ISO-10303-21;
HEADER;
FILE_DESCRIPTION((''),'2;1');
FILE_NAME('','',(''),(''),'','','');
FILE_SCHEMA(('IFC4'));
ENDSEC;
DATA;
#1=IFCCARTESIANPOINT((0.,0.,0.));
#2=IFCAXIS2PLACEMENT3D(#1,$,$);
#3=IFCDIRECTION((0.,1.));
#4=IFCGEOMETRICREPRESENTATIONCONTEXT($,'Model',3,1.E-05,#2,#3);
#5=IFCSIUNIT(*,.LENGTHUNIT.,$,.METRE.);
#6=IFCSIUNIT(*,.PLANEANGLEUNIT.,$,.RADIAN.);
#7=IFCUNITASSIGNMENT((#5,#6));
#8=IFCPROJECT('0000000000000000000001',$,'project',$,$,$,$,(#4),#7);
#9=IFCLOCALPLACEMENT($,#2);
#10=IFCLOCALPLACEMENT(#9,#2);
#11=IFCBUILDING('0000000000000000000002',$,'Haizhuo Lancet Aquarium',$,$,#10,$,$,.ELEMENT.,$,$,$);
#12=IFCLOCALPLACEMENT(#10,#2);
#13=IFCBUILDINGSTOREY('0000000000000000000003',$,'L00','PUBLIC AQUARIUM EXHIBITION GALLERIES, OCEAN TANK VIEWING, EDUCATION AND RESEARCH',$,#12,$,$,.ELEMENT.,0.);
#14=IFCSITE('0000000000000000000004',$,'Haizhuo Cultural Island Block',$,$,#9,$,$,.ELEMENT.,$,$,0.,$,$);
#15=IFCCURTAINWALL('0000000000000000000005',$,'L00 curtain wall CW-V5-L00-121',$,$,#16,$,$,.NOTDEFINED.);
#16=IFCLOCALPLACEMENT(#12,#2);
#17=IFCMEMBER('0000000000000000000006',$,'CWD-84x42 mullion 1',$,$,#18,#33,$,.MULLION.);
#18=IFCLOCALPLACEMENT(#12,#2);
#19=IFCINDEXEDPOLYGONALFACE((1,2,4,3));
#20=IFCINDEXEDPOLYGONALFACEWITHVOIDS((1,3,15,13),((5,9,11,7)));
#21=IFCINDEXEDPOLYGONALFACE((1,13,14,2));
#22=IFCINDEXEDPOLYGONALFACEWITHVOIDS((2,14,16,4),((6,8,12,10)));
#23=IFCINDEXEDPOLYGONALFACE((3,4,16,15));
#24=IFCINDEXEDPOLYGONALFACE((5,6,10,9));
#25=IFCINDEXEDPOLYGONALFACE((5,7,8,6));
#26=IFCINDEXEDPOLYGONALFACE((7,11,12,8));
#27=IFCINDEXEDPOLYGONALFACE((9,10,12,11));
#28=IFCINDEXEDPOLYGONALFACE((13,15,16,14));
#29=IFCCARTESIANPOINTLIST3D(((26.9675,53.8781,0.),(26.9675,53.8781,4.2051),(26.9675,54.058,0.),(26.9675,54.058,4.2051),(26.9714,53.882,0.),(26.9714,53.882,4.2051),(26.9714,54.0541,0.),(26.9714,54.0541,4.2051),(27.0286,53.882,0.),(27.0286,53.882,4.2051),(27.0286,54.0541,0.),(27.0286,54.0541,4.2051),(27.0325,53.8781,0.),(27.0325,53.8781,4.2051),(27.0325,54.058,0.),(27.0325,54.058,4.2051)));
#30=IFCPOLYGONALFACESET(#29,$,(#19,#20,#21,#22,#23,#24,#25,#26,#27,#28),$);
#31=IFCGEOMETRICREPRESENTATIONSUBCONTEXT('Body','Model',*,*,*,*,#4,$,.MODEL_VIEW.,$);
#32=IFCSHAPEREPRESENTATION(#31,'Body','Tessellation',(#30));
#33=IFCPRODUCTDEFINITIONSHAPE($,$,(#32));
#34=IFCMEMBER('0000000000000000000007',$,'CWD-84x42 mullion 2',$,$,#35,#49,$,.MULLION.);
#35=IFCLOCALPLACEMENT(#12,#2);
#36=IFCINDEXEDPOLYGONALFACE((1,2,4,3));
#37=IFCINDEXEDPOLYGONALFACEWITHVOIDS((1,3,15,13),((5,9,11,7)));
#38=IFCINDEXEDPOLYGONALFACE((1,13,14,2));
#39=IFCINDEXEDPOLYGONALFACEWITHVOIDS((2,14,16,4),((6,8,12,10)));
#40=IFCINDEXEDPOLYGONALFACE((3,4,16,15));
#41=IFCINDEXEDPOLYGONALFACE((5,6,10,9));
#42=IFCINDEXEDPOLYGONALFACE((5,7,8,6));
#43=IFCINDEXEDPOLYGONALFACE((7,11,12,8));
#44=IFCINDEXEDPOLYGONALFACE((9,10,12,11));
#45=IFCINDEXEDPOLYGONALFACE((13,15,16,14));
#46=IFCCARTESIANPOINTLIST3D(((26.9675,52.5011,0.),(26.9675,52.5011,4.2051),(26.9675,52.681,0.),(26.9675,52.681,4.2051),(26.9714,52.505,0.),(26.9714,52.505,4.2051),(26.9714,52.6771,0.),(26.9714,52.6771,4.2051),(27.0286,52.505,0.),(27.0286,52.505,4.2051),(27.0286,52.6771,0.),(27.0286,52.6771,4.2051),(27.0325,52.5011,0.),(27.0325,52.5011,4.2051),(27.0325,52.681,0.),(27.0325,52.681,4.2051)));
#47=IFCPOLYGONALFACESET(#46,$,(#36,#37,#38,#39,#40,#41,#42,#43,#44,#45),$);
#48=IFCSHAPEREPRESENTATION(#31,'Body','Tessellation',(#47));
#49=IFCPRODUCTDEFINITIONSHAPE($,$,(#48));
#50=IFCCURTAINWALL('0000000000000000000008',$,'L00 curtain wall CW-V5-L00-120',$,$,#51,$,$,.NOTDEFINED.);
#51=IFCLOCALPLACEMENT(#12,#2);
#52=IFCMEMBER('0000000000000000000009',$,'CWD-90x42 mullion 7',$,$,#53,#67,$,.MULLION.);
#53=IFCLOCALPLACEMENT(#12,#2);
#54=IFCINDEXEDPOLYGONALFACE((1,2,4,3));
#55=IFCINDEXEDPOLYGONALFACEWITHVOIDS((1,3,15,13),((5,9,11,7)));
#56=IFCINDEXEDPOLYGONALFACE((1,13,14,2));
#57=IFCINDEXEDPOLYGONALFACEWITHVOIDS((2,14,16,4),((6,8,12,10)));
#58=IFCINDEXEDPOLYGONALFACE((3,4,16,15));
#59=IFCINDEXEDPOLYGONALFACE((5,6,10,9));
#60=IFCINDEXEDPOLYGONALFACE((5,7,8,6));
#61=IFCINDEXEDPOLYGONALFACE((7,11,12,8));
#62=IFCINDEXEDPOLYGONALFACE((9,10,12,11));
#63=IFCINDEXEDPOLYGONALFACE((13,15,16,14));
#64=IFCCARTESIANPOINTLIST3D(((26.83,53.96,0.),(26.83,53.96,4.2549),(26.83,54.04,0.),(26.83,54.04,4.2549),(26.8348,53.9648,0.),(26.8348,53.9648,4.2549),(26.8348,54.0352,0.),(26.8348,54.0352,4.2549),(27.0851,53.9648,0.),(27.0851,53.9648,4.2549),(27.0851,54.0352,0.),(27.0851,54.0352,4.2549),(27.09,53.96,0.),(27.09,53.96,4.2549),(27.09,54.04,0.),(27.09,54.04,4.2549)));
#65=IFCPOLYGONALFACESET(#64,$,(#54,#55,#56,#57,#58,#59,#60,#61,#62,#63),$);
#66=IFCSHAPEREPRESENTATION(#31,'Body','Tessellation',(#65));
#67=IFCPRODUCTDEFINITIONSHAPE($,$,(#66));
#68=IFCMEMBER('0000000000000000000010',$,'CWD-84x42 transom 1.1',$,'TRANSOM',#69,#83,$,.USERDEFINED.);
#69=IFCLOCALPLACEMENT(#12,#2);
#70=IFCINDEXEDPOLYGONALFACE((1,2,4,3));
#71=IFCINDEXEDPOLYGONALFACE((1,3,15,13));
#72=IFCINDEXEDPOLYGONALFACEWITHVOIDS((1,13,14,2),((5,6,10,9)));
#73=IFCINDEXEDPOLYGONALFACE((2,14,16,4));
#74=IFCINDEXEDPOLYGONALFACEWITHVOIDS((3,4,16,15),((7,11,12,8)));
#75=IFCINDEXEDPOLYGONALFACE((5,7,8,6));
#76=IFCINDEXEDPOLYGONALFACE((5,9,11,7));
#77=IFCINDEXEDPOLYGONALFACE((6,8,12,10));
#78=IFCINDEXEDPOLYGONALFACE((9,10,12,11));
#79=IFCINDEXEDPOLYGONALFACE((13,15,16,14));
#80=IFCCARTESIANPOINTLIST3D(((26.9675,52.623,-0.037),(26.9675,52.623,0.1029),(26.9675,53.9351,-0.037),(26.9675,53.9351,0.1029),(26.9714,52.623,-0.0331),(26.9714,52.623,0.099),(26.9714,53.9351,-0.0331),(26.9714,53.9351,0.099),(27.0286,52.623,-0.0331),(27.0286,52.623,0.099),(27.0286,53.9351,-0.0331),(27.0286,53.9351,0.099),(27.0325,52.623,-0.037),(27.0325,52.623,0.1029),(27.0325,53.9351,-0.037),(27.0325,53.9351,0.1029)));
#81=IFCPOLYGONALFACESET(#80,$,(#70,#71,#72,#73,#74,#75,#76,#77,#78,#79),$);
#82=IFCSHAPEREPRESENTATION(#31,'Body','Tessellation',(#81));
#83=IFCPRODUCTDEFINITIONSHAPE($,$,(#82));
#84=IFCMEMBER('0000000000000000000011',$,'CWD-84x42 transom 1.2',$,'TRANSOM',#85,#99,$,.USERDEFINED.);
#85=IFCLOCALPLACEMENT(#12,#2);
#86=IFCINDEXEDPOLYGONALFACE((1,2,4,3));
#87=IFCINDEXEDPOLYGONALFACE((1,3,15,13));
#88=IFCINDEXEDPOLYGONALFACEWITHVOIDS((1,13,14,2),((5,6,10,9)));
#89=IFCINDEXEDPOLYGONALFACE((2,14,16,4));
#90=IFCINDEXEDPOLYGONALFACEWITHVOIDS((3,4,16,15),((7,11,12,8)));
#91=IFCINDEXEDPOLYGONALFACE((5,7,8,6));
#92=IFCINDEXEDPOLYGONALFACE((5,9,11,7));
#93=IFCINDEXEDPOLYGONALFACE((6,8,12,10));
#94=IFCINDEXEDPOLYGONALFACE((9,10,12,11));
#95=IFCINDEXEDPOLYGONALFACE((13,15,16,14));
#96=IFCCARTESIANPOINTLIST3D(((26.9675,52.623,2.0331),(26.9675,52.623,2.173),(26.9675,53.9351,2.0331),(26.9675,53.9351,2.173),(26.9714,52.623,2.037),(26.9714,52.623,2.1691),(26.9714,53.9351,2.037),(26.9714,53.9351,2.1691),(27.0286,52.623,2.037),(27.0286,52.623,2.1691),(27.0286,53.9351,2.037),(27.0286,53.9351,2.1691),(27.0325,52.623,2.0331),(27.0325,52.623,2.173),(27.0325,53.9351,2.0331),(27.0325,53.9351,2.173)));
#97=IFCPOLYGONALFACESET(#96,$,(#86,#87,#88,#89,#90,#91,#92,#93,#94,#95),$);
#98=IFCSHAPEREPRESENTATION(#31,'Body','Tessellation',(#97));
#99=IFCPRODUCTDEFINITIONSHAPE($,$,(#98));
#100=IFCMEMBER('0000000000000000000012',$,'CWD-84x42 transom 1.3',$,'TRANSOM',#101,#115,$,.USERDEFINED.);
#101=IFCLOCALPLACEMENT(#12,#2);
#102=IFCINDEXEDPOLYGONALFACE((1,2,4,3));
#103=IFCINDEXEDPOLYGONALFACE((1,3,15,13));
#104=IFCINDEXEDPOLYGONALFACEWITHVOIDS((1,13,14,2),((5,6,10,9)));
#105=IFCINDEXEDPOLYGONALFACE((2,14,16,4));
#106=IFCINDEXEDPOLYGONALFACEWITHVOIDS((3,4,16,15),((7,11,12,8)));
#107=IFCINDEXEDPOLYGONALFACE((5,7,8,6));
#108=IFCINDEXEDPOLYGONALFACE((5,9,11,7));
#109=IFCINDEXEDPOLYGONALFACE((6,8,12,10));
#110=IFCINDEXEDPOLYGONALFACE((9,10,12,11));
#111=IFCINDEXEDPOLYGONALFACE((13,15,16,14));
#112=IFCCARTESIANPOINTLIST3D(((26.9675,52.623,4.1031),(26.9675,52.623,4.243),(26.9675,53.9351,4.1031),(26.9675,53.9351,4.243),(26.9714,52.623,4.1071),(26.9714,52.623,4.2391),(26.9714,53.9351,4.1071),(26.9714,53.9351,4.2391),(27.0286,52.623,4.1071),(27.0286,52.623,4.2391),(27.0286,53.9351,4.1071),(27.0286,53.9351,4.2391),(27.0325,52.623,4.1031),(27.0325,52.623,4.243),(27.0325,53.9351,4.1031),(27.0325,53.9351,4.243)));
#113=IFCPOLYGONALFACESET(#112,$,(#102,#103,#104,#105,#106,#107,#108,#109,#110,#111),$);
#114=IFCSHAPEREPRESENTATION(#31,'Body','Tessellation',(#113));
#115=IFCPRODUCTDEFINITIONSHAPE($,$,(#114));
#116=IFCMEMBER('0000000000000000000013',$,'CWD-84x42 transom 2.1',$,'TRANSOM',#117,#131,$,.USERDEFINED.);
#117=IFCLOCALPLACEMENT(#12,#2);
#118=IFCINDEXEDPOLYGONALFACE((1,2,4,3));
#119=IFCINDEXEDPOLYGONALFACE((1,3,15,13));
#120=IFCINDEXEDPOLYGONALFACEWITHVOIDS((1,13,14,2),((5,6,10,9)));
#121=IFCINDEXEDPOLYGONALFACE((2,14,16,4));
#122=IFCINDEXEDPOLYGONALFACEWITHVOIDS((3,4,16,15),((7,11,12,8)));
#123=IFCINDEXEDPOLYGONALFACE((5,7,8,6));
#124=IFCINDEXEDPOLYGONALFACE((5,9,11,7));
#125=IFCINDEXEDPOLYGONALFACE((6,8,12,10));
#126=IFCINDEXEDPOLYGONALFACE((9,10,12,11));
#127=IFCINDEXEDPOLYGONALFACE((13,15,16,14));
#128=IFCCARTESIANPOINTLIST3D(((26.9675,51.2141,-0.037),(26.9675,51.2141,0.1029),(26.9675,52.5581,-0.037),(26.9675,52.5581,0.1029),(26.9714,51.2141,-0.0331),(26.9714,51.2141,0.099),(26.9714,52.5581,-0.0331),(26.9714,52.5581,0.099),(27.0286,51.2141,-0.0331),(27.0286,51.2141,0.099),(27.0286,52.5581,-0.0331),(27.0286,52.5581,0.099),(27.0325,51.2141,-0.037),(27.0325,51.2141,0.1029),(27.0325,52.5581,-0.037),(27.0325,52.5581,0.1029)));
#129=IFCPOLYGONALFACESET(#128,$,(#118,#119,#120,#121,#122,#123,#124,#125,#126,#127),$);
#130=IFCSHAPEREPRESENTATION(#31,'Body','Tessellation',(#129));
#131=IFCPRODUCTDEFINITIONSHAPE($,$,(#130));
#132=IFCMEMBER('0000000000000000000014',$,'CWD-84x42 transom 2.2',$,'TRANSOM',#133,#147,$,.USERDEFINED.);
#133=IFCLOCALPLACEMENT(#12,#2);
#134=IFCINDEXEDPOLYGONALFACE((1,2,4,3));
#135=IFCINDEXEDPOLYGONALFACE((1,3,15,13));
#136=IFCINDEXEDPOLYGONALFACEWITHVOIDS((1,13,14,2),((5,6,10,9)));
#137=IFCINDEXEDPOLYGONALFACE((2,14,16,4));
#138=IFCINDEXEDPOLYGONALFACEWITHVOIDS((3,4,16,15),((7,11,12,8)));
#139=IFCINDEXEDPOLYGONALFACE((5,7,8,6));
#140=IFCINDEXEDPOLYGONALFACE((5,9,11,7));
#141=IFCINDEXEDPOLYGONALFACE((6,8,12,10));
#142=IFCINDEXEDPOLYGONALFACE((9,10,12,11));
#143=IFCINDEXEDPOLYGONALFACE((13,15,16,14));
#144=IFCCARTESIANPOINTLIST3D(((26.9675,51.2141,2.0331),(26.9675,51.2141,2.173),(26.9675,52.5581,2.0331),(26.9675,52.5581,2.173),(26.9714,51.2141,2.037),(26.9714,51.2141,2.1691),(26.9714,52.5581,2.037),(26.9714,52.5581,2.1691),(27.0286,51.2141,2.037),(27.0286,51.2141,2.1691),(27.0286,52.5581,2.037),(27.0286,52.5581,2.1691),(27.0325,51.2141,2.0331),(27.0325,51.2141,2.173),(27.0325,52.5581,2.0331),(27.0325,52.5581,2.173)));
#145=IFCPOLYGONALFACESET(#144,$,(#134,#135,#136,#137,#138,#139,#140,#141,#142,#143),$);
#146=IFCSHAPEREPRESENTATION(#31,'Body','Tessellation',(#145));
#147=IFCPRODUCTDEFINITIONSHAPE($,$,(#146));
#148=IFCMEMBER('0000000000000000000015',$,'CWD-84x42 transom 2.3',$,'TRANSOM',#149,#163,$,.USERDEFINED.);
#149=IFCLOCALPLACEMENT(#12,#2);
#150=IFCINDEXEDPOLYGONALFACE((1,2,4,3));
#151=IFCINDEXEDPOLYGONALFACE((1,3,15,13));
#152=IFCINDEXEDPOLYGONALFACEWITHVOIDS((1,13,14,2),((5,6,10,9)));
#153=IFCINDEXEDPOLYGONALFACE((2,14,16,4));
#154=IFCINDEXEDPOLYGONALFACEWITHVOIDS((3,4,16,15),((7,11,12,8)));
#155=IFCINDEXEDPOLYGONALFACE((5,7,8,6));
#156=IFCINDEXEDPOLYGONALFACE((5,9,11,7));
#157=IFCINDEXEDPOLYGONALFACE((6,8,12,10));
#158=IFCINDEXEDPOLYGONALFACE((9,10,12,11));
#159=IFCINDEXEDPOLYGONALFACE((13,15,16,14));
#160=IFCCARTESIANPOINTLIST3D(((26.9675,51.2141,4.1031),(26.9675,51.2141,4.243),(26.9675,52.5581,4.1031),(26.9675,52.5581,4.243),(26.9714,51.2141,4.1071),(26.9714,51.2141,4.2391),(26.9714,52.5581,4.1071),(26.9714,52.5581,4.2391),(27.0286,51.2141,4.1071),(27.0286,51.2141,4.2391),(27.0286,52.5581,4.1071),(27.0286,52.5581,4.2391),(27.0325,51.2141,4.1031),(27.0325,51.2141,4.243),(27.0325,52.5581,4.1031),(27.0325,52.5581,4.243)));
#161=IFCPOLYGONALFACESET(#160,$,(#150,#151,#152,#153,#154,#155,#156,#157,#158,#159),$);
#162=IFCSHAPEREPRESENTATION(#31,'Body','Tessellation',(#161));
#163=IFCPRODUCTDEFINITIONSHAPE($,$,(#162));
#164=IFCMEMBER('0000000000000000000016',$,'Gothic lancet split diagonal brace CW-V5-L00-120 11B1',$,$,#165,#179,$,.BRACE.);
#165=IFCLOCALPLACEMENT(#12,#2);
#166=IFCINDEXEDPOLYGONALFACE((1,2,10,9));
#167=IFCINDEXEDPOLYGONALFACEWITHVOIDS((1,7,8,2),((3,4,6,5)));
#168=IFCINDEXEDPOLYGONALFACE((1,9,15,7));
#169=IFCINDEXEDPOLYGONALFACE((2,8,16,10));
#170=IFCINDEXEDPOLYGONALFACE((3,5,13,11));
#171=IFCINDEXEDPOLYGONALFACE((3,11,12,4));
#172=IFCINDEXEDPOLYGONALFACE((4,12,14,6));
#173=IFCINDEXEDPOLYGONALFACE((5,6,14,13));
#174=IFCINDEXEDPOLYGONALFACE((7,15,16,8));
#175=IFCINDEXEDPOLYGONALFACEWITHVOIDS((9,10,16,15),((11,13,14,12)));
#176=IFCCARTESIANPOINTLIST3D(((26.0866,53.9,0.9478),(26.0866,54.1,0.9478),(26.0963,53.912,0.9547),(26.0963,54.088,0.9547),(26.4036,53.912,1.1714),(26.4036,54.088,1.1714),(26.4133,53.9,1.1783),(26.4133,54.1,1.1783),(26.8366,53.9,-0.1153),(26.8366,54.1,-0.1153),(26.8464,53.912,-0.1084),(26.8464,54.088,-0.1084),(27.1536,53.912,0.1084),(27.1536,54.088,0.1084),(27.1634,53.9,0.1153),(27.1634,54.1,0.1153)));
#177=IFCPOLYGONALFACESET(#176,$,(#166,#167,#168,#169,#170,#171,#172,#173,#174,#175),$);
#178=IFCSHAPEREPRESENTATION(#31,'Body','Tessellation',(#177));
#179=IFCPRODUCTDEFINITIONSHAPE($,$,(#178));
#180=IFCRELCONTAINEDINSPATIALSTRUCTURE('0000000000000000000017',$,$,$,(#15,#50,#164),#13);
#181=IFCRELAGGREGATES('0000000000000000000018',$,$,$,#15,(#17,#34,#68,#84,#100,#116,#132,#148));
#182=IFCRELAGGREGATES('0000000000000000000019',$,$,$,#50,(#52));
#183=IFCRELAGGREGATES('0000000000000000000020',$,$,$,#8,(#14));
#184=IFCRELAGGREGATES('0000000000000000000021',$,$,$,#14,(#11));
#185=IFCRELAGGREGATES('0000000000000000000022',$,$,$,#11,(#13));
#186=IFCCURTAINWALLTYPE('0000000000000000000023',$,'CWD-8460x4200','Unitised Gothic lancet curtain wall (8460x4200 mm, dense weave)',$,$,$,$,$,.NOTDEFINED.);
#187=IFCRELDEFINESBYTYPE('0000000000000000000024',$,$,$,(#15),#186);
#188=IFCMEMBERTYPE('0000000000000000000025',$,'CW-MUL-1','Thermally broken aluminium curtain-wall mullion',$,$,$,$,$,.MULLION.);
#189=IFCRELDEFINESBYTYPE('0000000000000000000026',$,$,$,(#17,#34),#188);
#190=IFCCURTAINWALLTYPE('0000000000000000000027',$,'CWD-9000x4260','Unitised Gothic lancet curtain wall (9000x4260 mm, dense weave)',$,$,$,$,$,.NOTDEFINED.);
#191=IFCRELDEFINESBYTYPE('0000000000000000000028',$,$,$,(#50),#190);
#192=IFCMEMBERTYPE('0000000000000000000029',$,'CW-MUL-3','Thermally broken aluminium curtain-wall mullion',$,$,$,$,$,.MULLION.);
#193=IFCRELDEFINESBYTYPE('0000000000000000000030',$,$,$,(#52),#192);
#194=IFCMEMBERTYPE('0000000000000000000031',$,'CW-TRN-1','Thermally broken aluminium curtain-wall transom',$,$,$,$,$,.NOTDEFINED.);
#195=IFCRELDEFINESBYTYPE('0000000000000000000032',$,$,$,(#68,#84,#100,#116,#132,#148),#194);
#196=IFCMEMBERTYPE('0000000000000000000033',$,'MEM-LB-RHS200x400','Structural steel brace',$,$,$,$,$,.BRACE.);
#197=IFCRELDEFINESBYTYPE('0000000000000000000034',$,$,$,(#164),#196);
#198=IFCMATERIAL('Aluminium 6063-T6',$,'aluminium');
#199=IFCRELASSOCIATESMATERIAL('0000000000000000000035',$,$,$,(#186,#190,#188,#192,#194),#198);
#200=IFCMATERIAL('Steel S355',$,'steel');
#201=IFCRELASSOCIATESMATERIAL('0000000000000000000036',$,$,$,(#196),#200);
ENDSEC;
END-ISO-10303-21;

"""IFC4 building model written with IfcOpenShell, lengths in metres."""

from ifc_helpers import new_model, si_unit, direction, frame, origin, origin_2d, place, context, subcontext, project, spatial, hollow_rectangle, extrude, material, material_profile, profile_set, type_object, element, aggregate, save


model = new_model("IFC4")

# Units and contexts
model_context = context("Model", 3, precision=1e-05, world=origin(), true_north=direction((0.0, 1.0)))
body_context = subcontext(model_context, "Body", "Model", "MODEL_VIEW")
ifc_project = project(units=[si_unit("LENGTHUNIT", "METRE"), si_unit("PLANEANGLEUNIT", "RADIAN")], contexts=[model_context])

# Site, building, storey
site_placement = place(None, origin())
site = spatial("IfcSite", under=ifc_project, at=site_placement, Name="Haizhuo Cultural Island Block", CompositionType="ELEMENT", RefElevation=0.0)
building_placement = place(site_placement, origin())
building = spatial("IfcBuilding", under=site, at=building_placement, Name="Haizhuo Lancet Aquarium", CompositionType="ELEMENT")
storey_placement = place(building_placement, origin())
storey = spatial("IfcBuildingStorey", under=building, at=storey_placement, Name="L00", Description="PUBLIC AQUARIUM EXHIBITION GALLERIES, OCEAN TANK VIEWING, EDUCATION AND RESEARCH", CompositionType="ELEMENT", Elevation=0.0)

# Curtain wall, members
ifc_material_1 = material(Name="Aluminium 6063-T6", Category="aluminium")
curtain_wall_type_1 = type_object("IfcCurtainWallType", Name="CWD-8460x4200", Description="Unitised Gothic lancet curtain wall (8460x4200 mm, dense weave)", PredefinedType="NOTDEFINED", material=ifc_material_1)
curtain_wall_1_placement = place(storey_placement, origin())
curtain_wall_1 = element("IfcCurtainWall", 1, at=curtain_wall_1_placement, inside=storey, type_object=curtain_wall_type_1, Name="L00 curtain wall CW-V5-L00-121", PredefinedType="NOTDEFINED")
ifc_material_profile_1 = material_profile(ifc_material_1, hollow_rectangle(XDim=0.0649, YDim=0.1799, WallThickness=0.0039, at=origin_2d()), Name="ALU-M 65x180x4")
ifc_profile_set_1 = profile_set([ifc_material_profile_1], Name="Aluminium 6063-T6")
member_type_1 = type_object("IfcMemberType", Name="CW-MUL-1", Description="Thermally broken aluminium curtain-wall mullion", PredefinedType="MULLION", material=ifc_profile_set_1)
member_1_placement = place(storey_placement, frame((27.0, 53.968, 0.0), z_axis=(0.0, 0.0, 1.0), x_axis=(1.0, 0.0, 0.0)))
member_1 = element("IfcMember", 2, at=member_1_placement, type_object=member_type_1, Name="CWD-84x42 mullion 1", PredefinedType="MULLION", context=body_context, shape_type="SweptSolid", body=[
    extrude(hollow_rectangle(XDim=0.0649, YDim=0.1799, WallThickness=0.0039, at=origin_2d()), origin(), (0.0, 0.0, 1.0), 4.2051),
])
member_2_placement = place(storey_placement, frame((27.0, 52.5911, 0.0), z_axis=(0.0, 0.0, 1.0), x_axis=(1.0, 0.0, 0.0)))
member_2 = element("IfcMember", 3, at=member_2_placement, type_object=member_type_1, Name="CWD-84x42 mullion 2", PredefinedType="MULLION", context=body_context, shape_type="SweptSolid", body=[
    extrude(hollow_rectangle(XDim=0.0649, YDim=0.1799, WallThickness=0.0039, at=origin_2d()), origin(), (0.0, 0.0, 1.0), 4.2051),
])

# Curtain wall, member
curtain_wall_type_2 = type_object("IfcCurtainWallType", Name="CWD-9000x4260", Description="Unitised Gothic lancet curtain wall (9000x4260 mm, dense weave)", PredefinedType="NOTDEFINED", material=ifc_material_1)
curtain_wall_2_placement = place(storey_placement, origin())
curtain_wall_2 = element("IfcCurtainWall", 4, at=curtain_wall_2_placement, inside=storey, type_object=curtain_wall_type_2, Name="L00 curtain wall CW-V5-L00-120", PredefinedType="NOTDEFINED")
ifc_material_profile_2 = material_profile(ifc_material_1, hollow_rectangle(XDim=0.0801, YDim=0.26, WallThickness=0.0049, at=origin_2d()), Name="ALU-M 80x260x5")
ifc_profile_set_2 = profile_set([ifc_material_profile_2], Name="Aluminium 6063-T6")
member_type_2 = type_object("IfcMemberType", Name="CW-MUL-3", Description="Thermally broken aluminium curtain-wall mullion", PredefinedType="MULLION", material=ifc_profile_set_2)
member_3_placement = place(storey_placement, frame((26.96, 54.0, 0.0), z_axis=(0.0, 0.0, 1.0), x_axis=(0.0, 1.0, 0.0)))
member_3 = element("IfcMember", 5, at=member_3_placement, type_object=member_type_2, Name="CWD-90x42 mullion 7", PredefinedType="MULLION", context=body_context, shape_type="SweptSolid", body=[
    extrude(hollow_rectangle(XDim=0.0801, YDim=0.26, WallThickness=0.0049, at=origin_2d()), origin(), (0.0, 0.0, 1.0), 4.2549),
])

# Members
ifc_material_profile_3 = material_profile(ifc_material_1, hollow_rectangle(XDim=0.0649, YDim=0.1399, WallThickness=0.0039, at=origin_2d()), Name="ALU-T 65x140x4")
ifc_profile_set_3 = profile_set([ifc_material_profile_3], Name="Aluminium 6063-T6")
member_type_3 = type_object("IfcMemberType", Name="CW-TRN-1", Description="Thermally broken aluminium curtain-wall transom", PredefinedType="NOTDEFINED", material=ifc_profile_set_3)
member_4_placement = place(storey_placement, frame((27.0, 53.9351, 0.033), z_axis=(0.0, -1.0, 0.0), x_axis=(1.0, 0.0, 0.0)))
member_4 = element("IfcMember", 6, at=member_4_placement, type_object=member_type_3, Name="CWD-84x42 transom 1.1", ObjectType="TRANSOM", PredefinedType="USERDEFINED", context=body_context, shape_type="SweptSolid", body=[
    extrude(hollow_rectangle(XDim=0.0649, YDim=0.1399, WallThickness=0.0039, at=origin_2d()), origin(), (0.0, 0.0, 1.0), 1.312),
])
member_5_placement = place(storey_placement, frame((27.0, 53.9351, 2.103), z_axis=(0.0, -1.0, 0.0), x_axis=(1.0, 0.0, 0.0)))
member_5 = element("IfcMember", 7, at=member_5_placement, type_object=member_type_3, Name="CWD-84x42 transom 1.2", ObjectType="TRANSOM", PredefinedType="USERDEFINED", context=body_context, shape_type="SweptSolid", body=[
    extrude(hollow_rectangle(XDim=0.0649, YDim=0.1399, WallThickness=0.0039, at=origin_2d()), origin(), (0.0, 0.0, 1.0), 1.312),
])
member_6_placement = place(storey_placement, frame((27.0, 53.9351, 4.1731), z_axis=(0.0, -1.0, 0.0), x_axis=(1.0, 0.0, 0.0)))
member_6 = element("IfcMember", 8, at=member_6_placement, type_object=member_type_3, Name="CWD-84x42 transom 1.3", ObjectType="TRANSOM", PredefinedType="USERDEFINED", context=body_context, shape_type="SweptSolid", body=[
    extrude(hollow_rectangle(XDim=0.0649, YDim=0.1399, WallThickness=0.0039, at=origin_2d()), origin(), (0.0, 0.0, 1.0), 1.312),
])
member_7_placement = place(storey_placement, frame((27.0, 52.5581, 0.033), z_axis=(0.0, -1.0, 0.0), x_axis=(1.0, 0.0, 0.0)))
member_7 = element("IfcMember", 9, at=member_7_placement, type_object=member_type_3, Name="CWD-84x42 transom 2.1", ObjectType="TRANSOM", PredefinedType="USERDEFINED", context=body_context, shape_type="SweptSolid", body=[
    extrude(hollow_rectangle(XDim=0.0649, YDim=0.1399, WallThickness=0.0039, at=origin_2d()), origin(), (0.0, 0.0, 1.0), 1.344),
])
member_8_placement = place(storey_placement, frame((27.0, 52.5581, 2.103), z_axis=(0.0, -1.0, 0.0), x_axis=(1.0, 0.0, 0.0)))
member_8 = element("IfcMember", 10, at=member_8_placement, type_object=member_type_3, Name="CWD-84x42 transom 2.2", ObjectType="TRANSOM", PredefinedType="USERDEFINED", context=body_context, shape_type="SweptSolid", body=[
    extrude(hollow_rectangle(XDim=0.0649, YDim=0.1399, WallThickness=0.0039, at=origin_2d()), origin(), (0.0, 0.0, 1.0), 1.344),
])
member_9_placement = place(storey_placement, frame((27.0, 52.5581, 4.1731), z_axis=(0.0, -1.0, 0.0), x_axis=(1.0, 0.0, 0.0)))
member_9 = element("IfcMember", 11, at=member_9_placement, type_object=member_type_3, Name="CWD-84x42 transom 2.3", ObjectType="TRANSOM", PredefinedType="USERDEFINED", context=body_context, shape_type="SweptSolid", body=[
    extrude(hollow_rectangle(XDim=0.0649, YDim=0.1399, WallThickness=0.0039, at=origin_2d()), origin(), (0.0, 0.0, 1.0), 1.344),
])

# Member
ifc_material_2 = material(Name="Steel S355", Category="steel")
ifc_material_profile_4 = material_profile(ifc_material_2, hollow_rectangle(XDim=0.2, YDim=0.3999, WallThickness=0.012, at=origin_2d()), Name="RHS 200x400x12")
ifc_profile_set_4 = profile_set([ifc_material_profile_4], Name="Steel S355")
member_type_4 = type_object("IfcMemberType", Name="MEM-LB-RHS200x400", Description="Structural steel brace", PredefinedType="BRACE", material=ifc_profile_set_4)
member_10_placement = place(storey_placement, frame((27.0, 54.0, 0.0), z_axis=(-0.576506, 0.0, 0.817093), x_axis=(0.0, -1.0, 0.0)))
element("IfcMember", 12, at=member_10_placement, inside=storey, type_object=member_type_4, Name="Gothic lancet split diagonal brace CW-V5-L00-120 11B1", PredefinedType="BRACE", context=body_context, shape_type="SweptSolid", body=[
    extrude(hollow_rectangle(XDim=0.2, YDim=0.3999, WallThickness=0.012, at=origin_2d()), origin(), (0.0, 0.0, 1.0), 1.301),
])

aggregate(curtain_wall_1, [member_1, member_2, member_4, member_5, member_6, member_7, member_8, member_9])
aggregate(curtain_wall_2, [member_3])

save(model, "model.ifc")
